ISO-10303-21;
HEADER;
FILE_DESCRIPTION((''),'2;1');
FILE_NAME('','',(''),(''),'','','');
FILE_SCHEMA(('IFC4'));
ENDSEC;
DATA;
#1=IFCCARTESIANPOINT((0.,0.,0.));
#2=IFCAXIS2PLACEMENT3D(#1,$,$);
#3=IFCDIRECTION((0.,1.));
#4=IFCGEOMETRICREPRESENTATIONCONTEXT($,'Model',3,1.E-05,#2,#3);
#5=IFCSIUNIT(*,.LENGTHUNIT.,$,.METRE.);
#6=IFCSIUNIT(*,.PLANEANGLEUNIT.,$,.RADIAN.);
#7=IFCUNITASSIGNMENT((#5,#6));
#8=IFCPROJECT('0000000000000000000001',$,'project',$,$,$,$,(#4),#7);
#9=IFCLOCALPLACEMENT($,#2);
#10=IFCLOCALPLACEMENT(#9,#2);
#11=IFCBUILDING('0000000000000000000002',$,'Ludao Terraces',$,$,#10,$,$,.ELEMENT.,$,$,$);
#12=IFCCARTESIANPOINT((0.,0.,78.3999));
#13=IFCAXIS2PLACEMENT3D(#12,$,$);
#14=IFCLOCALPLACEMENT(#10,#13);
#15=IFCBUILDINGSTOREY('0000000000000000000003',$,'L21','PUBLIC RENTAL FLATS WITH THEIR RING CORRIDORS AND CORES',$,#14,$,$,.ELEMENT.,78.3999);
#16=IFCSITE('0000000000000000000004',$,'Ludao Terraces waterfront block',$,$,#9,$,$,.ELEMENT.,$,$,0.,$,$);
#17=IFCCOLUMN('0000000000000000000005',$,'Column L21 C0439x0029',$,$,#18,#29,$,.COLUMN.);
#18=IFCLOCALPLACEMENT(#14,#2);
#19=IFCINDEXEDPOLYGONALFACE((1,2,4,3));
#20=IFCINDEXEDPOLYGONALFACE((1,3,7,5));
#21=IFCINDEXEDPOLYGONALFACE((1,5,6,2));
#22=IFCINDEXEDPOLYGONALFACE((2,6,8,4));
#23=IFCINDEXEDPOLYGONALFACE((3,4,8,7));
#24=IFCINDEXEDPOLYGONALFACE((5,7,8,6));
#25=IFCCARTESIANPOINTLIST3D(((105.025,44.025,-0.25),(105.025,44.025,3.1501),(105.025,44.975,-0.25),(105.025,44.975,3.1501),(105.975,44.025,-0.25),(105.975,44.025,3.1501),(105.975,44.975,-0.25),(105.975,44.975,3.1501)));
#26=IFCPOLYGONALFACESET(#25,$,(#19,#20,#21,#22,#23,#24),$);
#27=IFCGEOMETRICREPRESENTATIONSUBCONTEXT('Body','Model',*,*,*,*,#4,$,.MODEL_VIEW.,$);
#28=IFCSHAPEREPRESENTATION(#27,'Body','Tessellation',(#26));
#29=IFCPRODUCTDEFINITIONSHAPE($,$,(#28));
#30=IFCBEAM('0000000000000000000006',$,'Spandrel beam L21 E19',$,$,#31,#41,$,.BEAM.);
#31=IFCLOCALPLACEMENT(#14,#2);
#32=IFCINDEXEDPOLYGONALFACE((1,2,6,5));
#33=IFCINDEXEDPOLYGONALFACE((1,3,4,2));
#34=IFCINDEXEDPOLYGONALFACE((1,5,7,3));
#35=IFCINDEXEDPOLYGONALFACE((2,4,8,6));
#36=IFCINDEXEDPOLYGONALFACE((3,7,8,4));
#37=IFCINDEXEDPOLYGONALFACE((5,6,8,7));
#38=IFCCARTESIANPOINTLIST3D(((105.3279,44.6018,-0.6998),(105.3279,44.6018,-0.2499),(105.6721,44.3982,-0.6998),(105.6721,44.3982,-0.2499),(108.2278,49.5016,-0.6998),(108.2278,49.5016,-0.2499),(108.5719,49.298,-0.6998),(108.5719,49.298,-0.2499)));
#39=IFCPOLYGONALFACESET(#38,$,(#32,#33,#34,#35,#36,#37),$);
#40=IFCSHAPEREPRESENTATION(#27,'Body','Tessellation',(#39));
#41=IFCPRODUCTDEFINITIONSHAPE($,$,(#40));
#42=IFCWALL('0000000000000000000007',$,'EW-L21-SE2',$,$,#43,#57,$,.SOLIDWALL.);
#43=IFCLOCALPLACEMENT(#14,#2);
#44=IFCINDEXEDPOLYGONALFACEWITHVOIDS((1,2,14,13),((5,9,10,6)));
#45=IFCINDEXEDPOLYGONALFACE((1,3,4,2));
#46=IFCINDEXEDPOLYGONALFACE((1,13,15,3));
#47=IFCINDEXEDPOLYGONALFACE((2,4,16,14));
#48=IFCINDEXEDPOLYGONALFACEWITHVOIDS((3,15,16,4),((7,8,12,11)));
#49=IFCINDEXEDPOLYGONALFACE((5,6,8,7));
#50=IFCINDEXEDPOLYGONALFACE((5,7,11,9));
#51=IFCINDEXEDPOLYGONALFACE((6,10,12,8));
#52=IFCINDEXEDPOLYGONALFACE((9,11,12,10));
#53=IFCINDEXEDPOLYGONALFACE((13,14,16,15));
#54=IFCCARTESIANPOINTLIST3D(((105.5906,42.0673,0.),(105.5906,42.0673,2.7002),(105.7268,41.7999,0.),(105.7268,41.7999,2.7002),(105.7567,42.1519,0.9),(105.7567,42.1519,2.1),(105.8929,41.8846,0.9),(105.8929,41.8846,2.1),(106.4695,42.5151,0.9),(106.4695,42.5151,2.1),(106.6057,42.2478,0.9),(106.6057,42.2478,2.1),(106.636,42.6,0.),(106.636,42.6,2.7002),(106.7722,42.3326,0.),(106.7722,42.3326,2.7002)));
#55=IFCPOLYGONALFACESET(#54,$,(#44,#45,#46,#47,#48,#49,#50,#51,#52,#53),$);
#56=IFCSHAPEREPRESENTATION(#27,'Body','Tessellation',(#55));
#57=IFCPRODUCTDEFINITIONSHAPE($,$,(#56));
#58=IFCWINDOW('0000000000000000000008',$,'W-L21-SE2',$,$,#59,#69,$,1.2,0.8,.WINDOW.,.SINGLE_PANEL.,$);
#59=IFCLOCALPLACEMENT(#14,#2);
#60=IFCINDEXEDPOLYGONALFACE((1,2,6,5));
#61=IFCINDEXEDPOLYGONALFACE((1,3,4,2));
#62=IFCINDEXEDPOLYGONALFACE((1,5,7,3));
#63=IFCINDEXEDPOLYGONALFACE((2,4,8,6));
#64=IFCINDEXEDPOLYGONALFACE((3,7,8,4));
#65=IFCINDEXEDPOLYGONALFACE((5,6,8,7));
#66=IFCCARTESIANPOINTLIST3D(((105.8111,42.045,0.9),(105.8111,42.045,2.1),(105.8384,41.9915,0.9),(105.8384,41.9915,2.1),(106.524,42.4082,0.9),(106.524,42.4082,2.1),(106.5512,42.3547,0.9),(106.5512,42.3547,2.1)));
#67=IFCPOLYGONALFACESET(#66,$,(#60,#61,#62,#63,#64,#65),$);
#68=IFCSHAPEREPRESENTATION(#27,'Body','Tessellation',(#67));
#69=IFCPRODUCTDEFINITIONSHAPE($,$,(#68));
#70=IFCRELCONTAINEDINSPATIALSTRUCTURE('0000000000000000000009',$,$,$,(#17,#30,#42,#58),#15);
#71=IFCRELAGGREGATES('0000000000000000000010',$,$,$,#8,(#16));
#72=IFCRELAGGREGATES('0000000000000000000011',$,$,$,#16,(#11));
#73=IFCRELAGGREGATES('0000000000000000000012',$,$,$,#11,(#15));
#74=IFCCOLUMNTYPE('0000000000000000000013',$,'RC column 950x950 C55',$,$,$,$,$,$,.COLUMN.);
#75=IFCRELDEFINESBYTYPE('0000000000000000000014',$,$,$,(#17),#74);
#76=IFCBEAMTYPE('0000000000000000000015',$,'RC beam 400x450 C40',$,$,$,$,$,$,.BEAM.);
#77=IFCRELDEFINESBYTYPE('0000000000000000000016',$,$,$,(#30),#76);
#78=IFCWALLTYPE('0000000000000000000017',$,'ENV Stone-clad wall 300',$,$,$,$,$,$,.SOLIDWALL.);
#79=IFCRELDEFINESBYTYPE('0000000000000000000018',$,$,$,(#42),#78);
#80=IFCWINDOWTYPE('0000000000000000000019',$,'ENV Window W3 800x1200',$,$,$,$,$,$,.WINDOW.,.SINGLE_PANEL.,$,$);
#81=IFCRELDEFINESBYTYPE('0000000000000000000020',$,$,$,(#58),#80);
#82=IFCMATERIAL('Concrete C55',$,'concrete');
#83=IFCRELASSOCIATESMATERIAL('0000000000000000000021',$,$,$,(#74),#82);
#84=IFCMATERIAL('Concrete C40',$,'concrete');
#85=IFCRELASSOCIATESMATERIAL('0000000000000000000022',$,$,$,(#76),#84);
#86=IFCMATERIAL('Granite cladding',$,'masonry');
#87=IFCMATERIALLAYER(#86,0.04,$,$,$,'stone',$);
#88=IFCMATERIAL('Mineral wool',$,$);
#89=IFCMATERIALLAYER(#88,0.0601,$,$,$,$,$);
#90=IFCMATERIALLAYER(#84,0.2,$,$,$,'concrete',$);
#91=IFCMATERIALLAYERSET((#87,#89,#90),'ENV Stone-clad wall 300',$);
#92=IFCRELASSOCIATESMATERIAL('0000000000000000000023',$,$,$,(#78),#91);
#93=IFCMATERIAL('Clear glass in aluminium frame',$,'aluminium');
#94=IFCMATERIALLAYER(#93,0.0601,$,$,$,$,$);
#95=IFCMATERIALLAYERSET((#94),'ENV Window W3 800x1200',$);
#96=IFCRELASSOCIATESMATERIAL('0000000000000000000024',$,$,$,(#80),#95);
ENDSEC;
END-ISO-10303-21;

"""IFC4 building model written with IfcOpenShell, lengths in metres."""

from ifc_helpers import new_model, si_unit, direction, frame, frame_2d, origin, origin_2d, place, context, subcontext, project, spatial, rectangle, extrude, material, layer, layer_set, material_profile, profile_set, type_object, element, fill, save


model = new_model("IFC4")

# Units and contexts
model_context = context("Model", 3, precision=1e-05, world=origin(), true_north=direction((0.0, 1.0)))
body_context = subcontext(model_context, "Body", "Model", "MODEL_VIEW")
ifc_project = project(units=[si_unit("LENGTHUNIT", "METRE"), si_unit("PLANEANGLEUNIT", "RADIAN")], contexts=[model_context])

# Site, building, storey
site_placement = place(None, origin())
site = spatial("IfcSite", under=ifc_project, at=site_placement, Name="Ludao Terraces waterfront block", CompositionType="ELEMENT", RefElevation=0.0)
building_placement = place(site_placement, origin())
building = spatial("IfcBuilding", under=site, at=building_placement, Name="Ludao Terraces", CompositionType="ELEMENT")
storey_placement = place(building_placement, frame((0.0, 0.0, 78.3999)))
storey = spatial("IfcBuildingStorey", under=building, at=storey_placement, Name="L21", Description="PUBLIC RENTAL FLATS WITH THEIR RING CORRIDORS AND CORES", CompositionType="ELEMENT", Elevation=78.3999)

# Column
ifc_material_1 = material(Name="Concrete C55", Category="concrete")
ifc_material_profile_1 = material_profile(ifc_material_1, rectangle(XDim=0.95, YDim=0.95, at=origin_2d()), Name="950 X 950")
ifc_profile_set_1 = profile_set([ifc_material_profile_1], Name="Concrete C55")
column_type = type_object("IfcColumnType", Name="RC column 950x950 C55", PredefinedType="COLUMN", material=ifc_profile_set_1)
column_placement = place(storey_placement, frame((105.5, 44.5, -0.25), z_axis=(0.0, 0.0, 1.0), x_axis=(1.0, 0.0, 0.0)))
element("IfcColumn", 1, at=column_placement, inside=storey, type_object=column_type, Name="Column L21 C0439x0029", PredefinedType="COLUMN", context=body_context, shape_type="SweptSolid", body=[
    extrude(rectangle(XDim=0.95, YDim=0.95, at=origin_2d()), origin(), (0.0, 0.0, 1.0), 3.4001),
])

# Beam
ifc_material_2 = material(Name="Concrete C40", Category="concrete")
ifc_material_profile_2 = material_profile(ifc_material_2, rectangle(XDim=0.3999, YDim=0.45, at=origin_2d()), Name="400 X 450")
ifc_profile_set_2 = profile_set([ifc_material_profile_2], Name="Concrete C40")
beam_type = type_object("IfcBeamType", Name="RC beam 400x450 C40", PredefinedType="BEAM", material=ifc_profile_set_2)
beam_placement = place(storey_placement, frame((105.5, 44.5, -0.4749), z_axis=(0.509316, 0.86058, 0.0), x_axis=(-0.86058, 0.509316, 0.0)))
element("IfcBeam", 2, at=beam_placement, inside=storey, type_object=beam_type, Name="Spandrel beam L21 E19", PredefinedType="BEAM", context=body_context, shape_type="SweptSolid", body=[
    extrude(rectangle(XDim=0.3999, YDim=0.45, at=origin_2d()), origin(), (0.0, 0.0, 1.0), 5.6936),
])

# Wall, opening, window
ifc_material_3 = material(Name="Granite cladding", Category="masonry")
ifc_layer_1 = layer(ifc_material_3, 0.04, Category="stone")
ifc_material_4 = material(Name="Mineral wool")
ifc_layer_2 = layer(ifc_material_4, 0.0601)
ifc_layer_3 = layer(ifc_material_2, 0.2, Category="concrete")
ifc_layer_set_1 = layer_set([ifc_layer_1, ifc_layer_2, ifc_layer_3], Name="ENV Stone-clad wall 300")
wall_type_1 = type_object("IfcWallType", Name="ENV Stone-clad wall 300", PredefinedType="SOLIDWALL", material=ifc_layer_set_1)
wall_1_placement = place(storey_placement, frame((105.6587, 41.9336, 0.0), z_axis=(0.0, 0.0, 1.0), x_axis=(0.890989, 0.454026, 0.0)))
wall_1 = element("IfcWall", 3, at=wall_1_placement, inside=storey, type_object=wall_type_1, Name="EW-L21-SE2", PredefinedType="SOLIDWALL", context=body_context, shape_type="SweptSolid", body=[
    extrude(rectangle(XDim=1.1733, YDim=0.3, at=frame_2d((0.5867, 0.0))), origin(), (0.0, 0.0, 1.0), 2.7002),
])
opening_1_placement = place(wall_1_placement, frame((0.1865, 0.0, 0.8999)))
opening_1 = element("IfcOpeningElement", 4, at=opening_1_placement, cuts=wall_1, PredefinedType="OPENING", context=body_context, shape_type="SweptSolid", body=[
    extrude(rectangle(XDim=0.8, YDim=1.2, at=frame_2d((0.3999, 0.6001))), frame((0.0, 0.1602, 0.0), z_axis=(0.0, -1.0, 0.0), x_axis=(1.0, 0.0, 0.0)), (0.0, 0.0, 1.0), 0.3201),
])
ifc_material_5 = material(Name="Clear glass in aluminium frame", Category="aluminium")
ifc_layer_4 = layer(ifc_material_5, 0.0601)
ifc_layer_set_2 = layer_set([ifc_layer_4], Name="ENV Window W3 800x1200")
window_type = type_object("IfcWindowType", Name="ENV Window W3 800x1200", PartitioningType="SINGLE_PANEL", PredefinedType="WINDOW", material=ifc_layer_set_2)
window_placement = place(opening_1_placement, origin())
window = element("IfcWindow", 5, at=window_placement, inside=storey, type_object=window_type, Name="W-L21-SE2", OverallHeight=1.2, OverallWidth=0.8, PartitioningType="SINGLE_PANEL", PredefinedType="WINDOW", context=body_context, shape_type="SweptSolid", body=[
    extrude(rectangle(XDim=0.8, YDim=1.2, at=frame_2d((0.3999, 0.6001))), frame((0.0, 0.03, 0.0), z_axis=(0.0, -1.0, 0.0), x_axis=(1.0, 0.0, 0.0)), (0.0, 0.0, 1.0), 0.0601),
])
fill(opening_1, window)

save(model, "model.ifc")
